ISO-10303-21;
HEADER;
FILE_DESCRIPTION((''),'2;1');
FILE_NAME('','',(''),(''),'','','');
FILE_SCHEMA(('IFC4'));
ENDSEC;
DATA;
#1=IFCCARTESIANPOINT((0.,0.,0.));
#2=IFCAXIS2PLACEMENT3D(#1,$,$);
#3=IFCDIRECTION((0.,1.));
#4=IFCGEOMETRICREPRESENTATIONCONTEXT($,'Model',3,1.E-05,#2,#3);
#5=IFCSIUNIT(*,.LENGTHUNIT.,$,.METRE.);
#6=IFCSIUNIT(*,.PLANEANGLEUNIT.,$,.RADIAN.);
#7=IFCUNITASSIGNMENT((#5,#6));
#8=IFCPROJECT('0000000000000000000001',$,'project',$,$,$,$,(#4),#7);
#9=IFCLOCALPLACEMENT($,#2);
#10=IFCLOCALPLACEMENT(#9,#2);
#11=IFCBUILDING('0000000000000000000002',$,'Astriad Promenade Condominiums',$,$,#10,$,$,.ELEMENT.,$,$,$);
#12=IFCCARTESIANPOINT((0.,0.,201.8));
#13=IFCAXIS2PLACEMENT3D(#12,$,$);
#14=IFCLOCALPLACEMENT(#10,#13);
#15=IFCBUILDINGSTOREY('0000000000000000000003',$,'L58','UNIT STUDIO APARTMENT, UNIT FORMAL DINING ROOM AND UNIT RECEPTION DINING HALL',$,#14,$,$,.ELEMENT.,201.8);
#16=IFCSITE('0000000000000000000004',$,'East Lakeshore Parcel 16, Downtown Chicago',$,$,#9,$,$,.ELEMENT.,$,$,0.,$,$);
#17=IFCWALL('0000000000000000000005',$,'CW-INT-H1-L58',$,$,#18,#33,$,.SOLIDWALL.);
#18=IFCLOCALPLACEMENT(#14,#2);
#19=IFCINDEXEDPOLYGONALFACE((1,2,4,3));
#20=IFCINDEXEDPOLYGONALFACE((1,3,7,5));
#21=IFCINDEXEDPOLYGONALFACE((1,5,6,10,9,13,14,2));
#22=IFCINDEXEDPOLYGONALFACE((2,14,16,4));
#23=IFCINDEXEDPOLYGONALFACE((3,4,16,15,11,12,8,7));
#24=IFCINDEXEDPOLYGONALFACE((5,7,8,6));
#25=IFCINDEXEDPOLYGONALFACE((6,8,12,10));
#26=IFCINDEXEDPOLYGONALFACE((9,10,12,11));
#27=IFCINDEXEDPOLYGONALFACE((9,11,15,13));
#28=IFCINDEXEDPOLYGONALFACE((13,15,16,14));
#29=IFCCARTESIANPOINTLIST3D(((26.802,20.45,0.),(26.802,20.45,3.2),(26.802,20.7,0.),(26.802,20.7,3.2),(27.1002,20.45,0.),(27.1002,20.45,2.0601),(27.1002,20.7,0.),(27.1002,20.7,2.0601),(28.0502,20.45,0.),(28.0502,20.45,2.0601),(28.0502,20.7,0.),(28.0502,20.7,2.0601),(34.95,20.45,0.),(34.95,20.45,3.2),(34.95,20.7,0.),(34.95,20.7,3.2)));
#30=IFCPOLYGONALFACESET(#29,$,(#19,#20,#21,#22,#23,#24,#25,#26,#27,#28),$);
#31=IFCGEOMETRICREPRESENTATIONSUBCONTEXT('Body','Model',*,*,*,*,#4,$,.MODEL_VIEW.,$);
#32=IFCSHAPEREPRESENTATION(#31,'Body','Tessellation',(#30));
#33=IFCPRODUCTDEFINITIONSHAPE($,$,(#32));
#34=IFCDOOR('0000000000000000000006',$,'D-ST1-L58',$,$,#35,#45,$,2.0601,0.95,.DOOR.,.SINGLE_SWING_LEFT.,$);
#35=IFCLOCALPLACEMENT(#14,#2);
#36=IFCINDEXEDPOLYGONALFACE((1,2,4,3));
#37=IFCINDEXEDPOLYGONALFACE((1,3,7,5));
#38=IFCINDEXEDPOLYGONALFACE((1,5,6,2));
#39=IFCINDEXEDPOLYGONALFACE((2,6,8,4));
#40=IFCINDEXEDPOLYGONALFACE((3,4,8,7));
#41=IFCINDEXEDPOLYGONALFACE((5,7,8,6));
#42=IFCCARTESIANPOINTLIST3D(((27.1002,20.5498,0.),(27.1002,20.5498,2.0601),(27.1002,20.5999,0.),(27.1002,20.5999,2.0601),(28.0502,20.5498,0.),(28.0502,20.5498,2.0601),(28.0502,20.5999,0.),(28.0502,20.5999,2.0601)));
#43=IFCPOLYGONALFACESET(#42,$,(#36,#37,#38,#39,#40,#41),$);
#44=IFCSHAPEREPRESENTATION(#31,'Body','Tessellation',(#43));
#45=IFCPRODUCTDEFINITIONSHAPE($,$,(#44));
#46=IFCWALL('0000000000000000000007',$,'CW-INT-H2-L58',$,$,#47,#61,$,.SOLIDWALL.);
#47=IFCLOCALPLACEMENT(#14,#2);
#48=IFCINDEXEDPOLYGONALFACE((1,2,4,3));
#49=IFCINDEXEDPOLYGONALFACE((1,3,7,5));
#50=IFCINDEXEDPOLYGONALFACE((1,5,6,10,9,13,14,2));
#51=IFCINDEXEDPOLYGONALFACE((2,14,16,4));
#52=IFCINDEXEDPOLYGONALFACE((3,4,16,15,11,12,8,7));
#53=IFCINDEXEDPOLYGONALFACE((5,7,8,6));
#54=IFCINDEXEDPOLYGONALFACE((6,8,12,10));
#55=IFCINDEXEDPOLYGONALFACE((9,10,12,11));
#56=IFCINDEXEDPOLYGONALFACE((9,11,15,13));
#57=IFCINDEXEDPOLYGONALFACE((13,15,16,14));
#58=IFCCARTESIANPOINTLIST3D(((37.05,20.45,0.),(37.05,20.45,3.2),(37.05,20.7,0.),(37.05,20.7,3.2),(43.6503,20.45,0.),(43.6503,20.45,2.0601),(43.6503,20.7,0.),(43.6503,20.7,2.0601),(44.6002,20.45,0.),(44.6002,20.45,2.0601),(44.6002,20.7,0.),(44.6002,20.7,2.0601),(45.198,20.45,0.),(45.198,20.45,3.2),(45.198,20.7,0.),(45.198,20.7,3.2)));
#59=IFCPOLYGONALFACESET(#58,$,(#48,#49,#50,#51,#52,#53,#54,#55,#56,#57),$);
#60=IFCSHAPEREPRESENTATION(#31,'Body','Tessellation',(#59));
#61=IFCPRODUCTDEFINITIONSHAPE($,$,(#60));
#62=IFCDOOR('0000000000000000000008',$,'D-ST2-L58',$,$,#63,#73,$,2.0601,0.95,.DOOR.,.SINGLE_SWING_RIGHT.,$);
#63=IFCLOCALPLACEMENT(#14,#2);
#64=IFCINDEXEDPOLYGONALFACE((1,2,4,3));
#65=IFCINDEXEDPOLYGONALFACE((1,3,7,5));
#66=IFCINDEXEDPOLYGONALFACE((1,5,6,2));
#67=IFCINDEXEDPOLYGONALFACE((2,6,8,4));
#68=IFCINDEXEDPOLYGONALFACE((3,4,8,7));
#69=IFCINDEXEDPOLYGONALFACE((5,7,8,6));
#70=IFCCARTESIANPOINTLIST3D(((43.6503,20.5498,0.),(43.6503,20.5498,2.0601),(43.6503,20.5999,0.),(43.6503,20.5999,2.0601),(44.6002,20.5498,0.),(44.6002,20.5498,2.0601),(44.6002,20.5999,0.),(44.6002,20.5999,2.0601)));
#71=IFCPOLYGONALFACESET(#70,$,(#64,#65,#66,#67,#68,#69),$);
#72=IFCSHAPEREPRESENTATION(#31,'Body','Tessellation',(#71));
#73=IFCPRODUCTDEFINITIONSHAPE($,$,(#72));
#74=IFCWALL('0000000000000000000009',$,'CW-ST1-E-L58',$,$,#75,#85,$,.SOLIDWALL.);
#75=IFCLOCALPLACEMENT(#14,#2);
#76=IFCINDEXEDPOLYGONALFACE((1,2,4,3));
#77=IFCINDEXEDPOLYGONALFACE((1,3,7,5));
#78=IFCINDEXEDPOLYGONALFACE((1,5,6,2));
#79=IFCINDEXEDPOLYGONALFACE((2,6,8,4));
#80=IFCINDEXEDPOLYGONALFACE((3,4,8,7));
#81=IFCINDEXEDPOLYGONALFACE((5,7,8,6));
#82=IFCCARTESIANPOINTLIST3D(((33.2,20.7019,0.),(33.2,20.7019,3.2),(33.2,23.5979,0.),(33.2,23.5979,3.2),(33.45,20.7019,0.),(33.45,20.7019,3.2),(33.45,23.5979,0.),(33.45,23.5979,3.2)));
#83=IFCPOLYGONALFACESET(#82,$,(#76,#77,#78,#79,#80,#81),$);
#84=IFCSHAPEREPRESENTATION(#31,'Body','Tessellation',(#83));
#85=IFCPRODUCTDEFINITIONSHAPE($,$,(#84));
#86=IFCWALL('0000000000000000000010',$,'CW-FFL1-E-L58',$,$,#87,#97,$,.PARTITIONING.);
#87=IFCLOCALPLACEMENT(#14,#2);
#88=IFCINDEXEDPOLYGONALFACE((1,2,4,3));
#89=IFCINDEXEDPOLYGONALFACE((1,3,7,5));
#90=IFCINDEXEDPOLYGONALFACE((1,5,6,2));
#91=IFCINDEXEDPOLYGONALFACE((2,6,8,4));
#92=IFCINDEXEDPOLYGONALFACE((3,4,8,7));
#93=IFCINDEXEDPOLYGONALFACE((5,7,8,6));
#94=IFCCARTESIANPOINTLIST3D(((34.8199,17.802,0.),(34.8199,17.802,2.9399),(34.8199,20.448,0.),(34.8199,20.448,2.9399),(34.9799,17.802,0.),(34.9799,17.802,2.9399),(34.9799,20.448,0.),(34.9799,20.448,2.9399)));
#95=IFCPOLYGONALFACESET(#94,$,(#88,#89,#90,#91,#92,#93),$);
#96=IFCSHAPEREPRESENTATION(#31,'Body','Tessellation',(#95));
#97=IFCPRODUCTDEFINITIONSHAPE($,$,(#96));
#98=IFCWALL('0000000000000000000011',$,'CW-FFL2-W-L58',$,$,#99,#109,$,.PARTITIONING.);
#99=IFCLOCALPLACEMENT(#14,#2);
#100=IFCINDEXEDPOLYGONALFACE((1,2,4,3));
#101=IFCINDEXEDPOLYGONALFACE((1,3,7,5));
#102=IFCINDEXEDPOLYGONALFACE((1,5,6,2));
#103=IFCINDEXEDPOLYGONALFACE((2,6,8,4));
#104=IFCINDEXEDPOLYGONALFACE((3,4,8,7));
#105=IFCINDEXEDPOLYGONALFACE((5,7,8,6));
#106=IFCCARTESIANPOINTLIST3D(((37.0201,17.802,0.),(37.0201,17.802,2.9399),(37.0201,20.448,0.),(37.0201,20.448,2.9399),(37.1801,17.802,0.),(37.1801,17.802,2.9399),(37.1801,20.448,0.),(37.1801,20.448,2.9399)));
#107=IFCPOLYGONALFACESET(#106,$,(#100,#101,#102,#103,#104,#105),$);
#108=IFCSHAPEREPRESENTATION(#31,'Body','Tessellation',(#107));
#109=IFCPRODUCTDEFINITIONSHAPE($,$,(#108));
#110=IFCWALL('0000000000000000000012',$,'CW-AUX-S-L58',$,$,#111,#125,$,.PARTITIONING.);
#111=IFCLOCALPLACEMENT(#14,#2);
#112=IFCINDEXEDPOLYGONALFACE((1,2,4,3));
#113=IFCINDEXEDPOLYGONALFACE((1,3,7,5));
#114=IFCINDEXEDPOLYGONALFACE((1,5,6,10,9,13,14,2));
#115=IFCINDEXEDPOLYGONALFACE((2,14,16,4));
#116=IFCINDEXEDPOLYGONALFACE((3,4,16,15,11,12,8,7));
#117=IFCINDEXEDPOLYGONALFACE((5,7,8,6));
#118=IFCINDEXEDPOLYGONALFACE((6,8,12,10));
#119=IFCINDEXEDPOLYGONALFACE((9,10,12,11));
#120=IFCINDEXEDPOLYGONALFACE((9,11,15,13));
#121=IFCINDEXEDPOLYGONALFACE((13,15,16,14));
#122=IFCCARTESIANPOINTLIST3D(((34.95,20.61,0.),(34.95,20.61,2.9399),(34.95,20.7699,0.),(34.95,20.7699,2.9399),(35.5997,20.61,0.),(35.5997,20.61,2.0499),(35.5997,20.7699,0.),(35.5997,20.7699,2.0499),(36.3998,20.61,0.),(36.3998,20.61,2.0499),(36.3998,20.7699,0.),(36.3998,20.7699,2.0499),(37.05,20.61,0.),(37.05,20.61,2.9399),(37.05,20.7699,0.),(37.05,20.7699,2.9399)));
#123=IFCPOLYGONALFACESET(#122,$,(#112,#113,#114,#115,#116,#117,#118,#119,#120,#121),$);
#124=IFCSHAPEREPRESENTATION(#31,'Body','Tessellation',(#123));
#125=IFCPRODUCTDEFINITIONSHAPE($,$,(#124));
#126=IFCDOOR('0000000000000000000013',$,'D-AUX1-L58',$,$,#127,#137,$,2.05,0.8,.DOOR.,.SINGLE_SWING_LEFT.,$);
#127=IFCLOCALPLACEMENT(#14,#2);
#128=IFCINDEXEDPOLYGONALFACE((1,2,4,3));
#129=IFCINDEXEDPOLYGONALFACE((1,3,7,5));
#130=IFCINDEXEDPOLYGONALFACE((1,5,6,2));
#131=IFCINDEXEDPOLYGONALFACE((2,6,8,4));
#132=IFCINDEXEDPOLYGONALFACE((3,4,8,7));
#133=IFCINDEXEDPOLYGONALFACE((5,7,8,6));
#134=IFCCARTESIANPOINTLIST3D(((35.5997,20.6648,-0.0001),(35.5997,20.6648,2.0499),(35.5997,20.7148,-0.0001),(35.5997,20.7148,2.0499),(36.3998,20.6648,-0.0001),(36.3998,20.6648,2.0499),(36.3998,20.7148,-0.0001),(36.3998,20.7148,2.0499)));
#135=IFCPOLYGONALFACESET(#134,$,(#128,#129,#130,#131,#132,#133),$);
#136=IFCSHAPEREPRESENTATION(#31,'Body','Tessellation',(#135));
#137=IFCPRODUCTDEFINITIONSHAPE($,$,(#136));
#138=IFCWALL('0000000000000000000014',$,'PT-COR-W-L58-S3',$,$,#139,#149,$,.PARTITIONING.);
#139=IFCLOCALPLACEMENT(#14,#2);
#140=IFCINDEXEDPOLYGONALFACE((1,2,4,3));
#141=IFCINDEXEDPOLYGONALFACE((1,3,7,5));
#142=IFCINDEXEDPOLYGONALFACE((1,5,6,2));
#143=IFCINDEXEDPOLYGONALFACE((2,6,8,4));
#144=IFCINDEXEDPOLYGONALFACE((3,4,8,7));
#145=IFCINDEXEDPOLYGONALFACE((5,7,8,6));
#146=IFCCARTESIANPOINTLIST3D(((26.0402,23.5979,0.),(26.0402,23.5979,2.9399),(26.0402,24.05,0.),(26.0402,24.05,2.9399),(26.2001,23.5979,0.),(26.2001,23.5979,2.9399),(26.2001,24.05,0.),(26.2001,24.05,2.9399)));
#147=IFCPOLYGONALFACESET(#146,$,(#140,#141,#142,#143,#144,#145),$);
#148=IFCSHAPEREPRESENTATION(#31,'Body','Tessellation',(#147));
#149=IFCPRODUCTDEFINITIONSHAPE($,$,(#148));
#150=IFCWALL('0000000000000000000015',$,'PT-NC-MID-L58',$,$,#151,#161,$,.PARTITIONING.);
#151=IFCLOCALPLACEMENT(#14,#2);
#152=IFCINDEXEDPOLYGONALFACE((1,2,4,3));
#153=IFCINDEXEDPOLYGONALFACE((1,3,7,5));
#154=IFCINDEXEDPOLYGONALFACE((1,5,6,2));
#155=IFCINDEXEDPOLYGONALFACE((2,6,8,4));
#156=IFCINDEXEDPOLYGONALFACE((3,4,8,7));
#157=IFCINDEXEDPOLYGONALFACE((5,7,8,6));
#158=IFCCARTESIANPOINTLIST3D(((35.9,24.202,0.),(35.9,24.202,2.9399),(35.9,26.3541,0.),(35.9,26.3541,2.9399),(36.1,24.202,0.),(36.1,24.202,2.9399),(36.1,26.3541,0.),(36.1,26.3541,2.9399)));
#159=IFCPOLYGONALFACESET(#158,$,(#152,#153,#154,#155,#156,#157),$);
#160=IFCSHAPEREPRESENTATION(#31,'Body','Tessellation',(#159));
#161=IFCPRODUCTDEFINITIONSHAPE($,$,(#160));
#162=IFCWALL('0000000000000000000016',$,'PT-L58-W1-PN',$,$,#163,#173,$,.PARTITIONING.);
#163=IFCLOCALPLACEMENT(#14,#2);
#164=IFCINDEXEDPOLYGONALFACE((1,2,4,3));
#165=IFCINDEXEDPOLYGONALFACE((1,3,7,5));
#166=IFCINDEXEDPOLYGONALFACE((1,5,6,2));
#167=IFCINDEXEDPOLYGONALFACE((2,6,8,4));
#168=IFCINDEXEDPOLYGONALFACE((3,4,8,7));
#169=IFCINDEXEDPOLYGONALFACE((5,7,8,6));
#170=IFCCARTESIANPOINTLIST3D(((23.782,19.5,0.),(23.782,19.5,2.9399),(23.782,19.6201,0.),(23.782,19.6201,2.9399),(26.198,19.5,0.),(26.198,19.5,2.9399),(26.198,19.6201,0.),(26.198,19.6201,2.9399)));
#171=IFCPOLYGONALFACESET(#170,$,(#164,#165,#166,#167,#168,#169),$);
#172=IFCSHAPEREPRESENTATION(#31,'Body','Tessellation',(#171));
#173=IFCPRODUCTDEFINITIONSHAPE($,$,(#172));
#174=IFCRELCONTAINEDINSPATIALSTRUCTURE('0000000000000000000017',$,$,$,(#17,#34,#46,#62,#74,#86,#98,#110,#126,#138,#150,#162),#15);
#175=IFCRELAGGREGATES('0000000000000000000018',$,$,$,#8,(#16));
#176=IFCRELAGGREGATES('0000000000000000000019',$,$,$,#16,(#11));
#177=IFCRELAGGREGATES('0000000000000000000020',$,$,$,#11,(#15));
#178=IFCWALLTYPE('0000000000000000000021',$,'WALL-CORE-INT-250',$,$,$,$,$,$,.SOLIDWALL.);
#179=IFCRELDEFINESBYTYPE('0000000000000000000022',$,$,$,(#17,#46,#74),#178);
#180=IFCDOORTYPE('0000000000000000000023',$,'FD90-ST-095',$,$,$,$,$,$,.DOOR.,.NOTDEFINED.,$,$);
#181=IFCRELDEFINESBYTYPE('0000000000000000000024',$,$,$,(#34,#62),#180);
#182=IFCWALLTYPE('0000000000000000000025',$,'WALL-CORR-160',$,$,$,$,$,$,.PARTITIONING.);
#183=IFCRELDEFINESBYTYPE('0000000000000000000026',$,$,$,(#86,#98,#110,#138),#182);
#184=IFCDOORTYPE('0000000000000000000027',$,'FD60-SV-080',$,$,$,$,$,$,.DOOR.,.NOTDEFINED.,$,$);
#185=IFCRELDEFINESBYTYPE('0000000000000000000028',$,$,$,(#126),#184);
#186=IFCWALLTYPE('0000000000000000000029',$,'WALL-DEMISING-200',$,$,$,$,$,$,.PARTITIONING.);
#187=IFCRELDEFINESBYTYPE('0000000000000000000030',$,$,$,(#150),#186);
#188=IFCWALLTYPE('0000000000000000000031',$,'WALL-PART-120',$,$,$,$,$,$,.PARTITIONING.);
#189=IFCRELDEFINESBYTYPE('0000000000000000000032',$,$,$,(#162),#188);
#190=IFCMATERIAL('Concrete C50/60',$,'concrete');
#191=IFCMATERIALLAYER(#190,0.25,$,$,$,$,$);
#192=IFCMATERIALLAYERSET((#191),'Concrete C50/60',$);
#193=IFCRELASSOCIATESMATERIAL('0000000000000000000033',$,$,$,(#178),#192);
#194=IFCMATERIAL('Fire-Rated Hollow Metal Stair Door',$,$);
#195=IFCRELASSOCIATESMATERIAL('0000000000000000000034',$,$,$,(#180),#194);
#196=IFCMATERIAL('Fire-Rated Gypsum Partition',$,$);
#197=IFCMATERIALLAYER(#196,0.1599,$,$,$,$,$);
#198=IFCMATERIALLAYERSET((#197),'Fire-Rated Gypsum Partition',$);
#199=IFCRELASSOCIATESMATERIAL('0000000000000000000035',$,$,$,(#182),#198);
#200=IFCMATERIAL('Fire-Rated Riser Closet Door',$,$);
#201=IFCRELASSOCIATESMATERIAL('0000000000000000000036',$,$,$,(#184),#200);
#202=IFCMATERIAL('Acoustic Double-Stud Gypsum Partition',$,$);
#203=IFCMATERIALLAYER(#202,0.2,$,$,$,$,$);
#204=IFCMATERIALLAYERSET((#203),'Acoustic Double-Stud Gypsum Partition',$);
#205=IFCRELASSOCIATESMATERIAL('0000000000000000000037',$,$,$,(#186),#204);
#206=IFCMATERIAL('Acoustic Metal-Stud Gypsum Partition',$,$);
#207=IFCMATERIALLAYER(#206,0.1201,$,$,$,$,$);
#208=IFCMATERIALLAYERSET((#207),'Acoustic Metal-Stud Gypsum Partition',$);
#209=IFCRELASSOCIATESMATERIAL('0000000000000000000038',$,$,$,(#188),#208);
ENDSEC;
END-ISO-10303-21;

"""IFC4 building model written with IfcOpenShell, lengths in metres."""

from ifc_helpers import new_model, si_unit, direction, frame, frame_2d, origin, place, context, subcontext, project, spatial, rectangle, extrude, source, transform, mapped, material, layer, layer_set, type_object, type_shapes, element, fill, save


model = new_model("IFC4")

# Units and contexts
model_context = context("Model", 3, precision=1e-05, world=origin(), true_north=direction((0.0, 1.0)))
body_context = subcontext(model_context, "Body", "Model", "MODEL_VIEW")
ifc_project = project(units=[si_unit("LENGTHUNIT", "METRE"), si_unit("PLANEANGLEUNIT", "RADIAN")], contexts=[model_context])

# Site, building, storey
site_placement = place(None, origin())
site = spatial("IfcSite", under=ifc_project, at=site_placement, Name="East Lakeshore Parcel 16, Downtown Chicago", CompositionType="ELEMENT", RefElevation=0.0)
building_placement = place(site_placement, origin())
building = spatial("IfcBuilding", under=site, at=building_placement, Name="Astriad Promenade Condominiums", CompositionType="ELEMENT")
storey_placement = place(building_placement, frame((0.0, 0.0, 201.8)))
storey = spatial("IfcBuildingStorey", under=building, at=storey_placement, Name="L58", Description="UNIT STUDIO APARTMENT, UNIT FORMAL DINING ROOM AND UNIT RECEPTION DINING HALL", CompositionType="ELEMENT", Elevation=201.8)

# Shared definitions
ifc_material_1 = material(Name="Concrete C50/60", Category="concrete")

# Walls, openings, doors
ifc_layer_1 = layer(ifc_material_1, 0.25)
ifc_layer_set_1 = layer_set([ifc_layer_1], Name="Concrete C50/60")
wall_type_1 = type_object("IfcWallType", Name="WALL-CORE-INT-250", PredefinedType="SOLIDWALL", material=ifc_layer_set_1)
wall_1_placement = place(storey_placement, frame((26.802, 20.575, 0.0), z_axis=(0.0, 0.0, 1.0), x_axis=(1.0, 0.0, 0.0)))
wall_1 = element("IfcWall", 1, at=wall_1_placement, inside=storey, type_object=wall_type_1, Name="CW-INT-H1-L58", PredefinedType="SOLIDWALL", context=body_context, shape_type="SweptSolid", body=[
    extrude(rectangle(XDim=8.1479, YDim=0.25, at=frame_2d((4.074, 0.0))), origin(), (0.0, 0.0, 1.0), 3.2),
])
opening_1_placement = place(wall_1_placement, frame((0.2981, 0.0, 0.0)))
opening_1 = element("IfcOpeningElement", 2, at=opening_1_placement, cuts=wall_1, PredefinedType="OPENING", context=body_context, shape_type="SweptSolid", body=[
    extrude(rectangle(XDim=0.95, YDim=2.0601, at=frame_2d((0.4751, 1.03))), frame((0.0, 0.135, 0.0), z_axis=(0.0, -1.0, 0.0), x_axis=(1.0, 0.0, 0.0)), (0.0, 0.0, 1.0), 0.27),
])
ifc_material_2 = material(Name="Fire-Rated Hollow Metal Stair Door")
door_type_1 = type_object("IfcDoorType", Name="FD90-ST-095", OperationType="NOTDEFINED", PredefinedType="DOOR", material=ifc_material_2)
shared_shape_1 = source(origin(), body_context, "Body", "SweptSolid", [
    extrude(rectangle(XDim=0.95, YDim=2.0601, at=frame_2d((0.4751, 1.03))), frame((0.0, 0.0249, 0.0), z_axis=(0.0, -1.0, 0.0), x_axis=(1.0, 0.0, 0.0)), (0.0, 0.0, 1.0), 0.05),
])
type_shapes(door_type_1, [shared_shape_1])
door_1_placement = place(opening_1_placement, origin())
door_1 = element("IfcDoor", 3, at=door_1_placement, inside=storey, type_object=door_type_1, Name="D-ST1-L58", OperationType="SINGLE_SWING_LEFT", OverallHeight=2.0601, OverallWidth=0.95, PredefinedType="DOOR", context=body_context, shape_type="MappedRepresentation", body=[
    mapped(shared_shape_1, transform((0.0, 0.0, 0.0), scale=1.0)),
])
fill(opening_1, door_1)
wall_2_placement = place(storey_placement, frame((37.05, 20.575, 0.0), z_axis=(0.0, 0.0, 1.0), x_axis=(1.0, 0.0, 0.0)))
wall_2 = element("IfcWall", 4, at=wall_2_placement, inside=storey, type_object=wall_type_1, Name="CW-INT-H2-L58", PredefinedType="SOLIDWALL", context=body_context, shape_type="SweptSolid", body=[
    extrude(rectangle(XDim=8.1479, YDim=0.25, at=frame_2d((4.074, 0.0))), origin(), (0.0, 0.0, 1.0), 3.2),
])
opening_2_placement = place(wall_2_placement, frame((6.6001, 0.0, 0.0)))
opening_2 = element("IfcOpeningElement", 5, at=opening_2_placement, cuts=wall_2, PredefinedType="OPENING", context=body_context, shape_type="SweptSolid", body=[
    extrude(rectangle(XDim=0.95, YDim=2.0601, at=frame_2d((0.4751, 1.03))), frame((0.0, 0.135, 0.0), z_axis=(0.0, -1.0, 0.0), x_axis=(1.0, 0.0, 0.0)), (0.0, 0.0, 1.0), 0.27),
])
door_2_placement = place(opening_2_placement, origin())
door_2 = element("IfcDoor", 6, at=door_2_placement, inside=storey, type_object=door_type_1, Name="D-ST2-L58", OperationType="SINGLE_SWING_RIGHT", OverallHeight=2.0601, OverallWidth=0.95, PredefinedType="DOOR", context=body_context, shape_type="MappedRepresentation", body=[
    mapped(shared_shape_1, transform((0.0, 0.0, 0.0), scale=1.0)),
])
fill(opening_2, door_2)

# Walls
wall_3_placement = place(storey_placement, frame((33.325, 20.7019, 0.0), z_axis=(0.0, 0.0, 1.0), x_axis=(0.0, 1.0, 0.0)))
element("IfcWall", 7, at=wall_3_placement, inside=storey, type_object=wall_type_1, Name="CW-ST1-E-L58", PredefinedType="SOLIDWALL", context=body_context, shape_type="SweptSolid", body=[
    extrude(rectangle(XDim=2.896, YDim=0.25, at=frame_2d((1.448, 0.0))), origin(), (0.0, 0.0, 1.0), 3.2),
])
ifc_material_3 = material(Name="Fire-Rated Gypsum Partition")
ifc_layer_2 = layer(ifc_material_3, 0.1599)
ifc_layer_set_2 = layer_set([ifc_layer_2], Name="Fire-Rated Gypsum Partition")
wall_type_2 = type_object("IfcWallType", Name="WALL-CORR-160", PredefinedType="PARTITIONING", material=ifc_layer_set_2)
for number, where, z_axis, x_axis, name in (
    (8, (34.8999, 17.802, 0.0), (0.0, 0.0, 1.0), (0.0, 1.0, 0.0), "CW-FFL1-E-L58"),
    (9, (37.1001, 17.802, 0.0), (0.0, 0.0, 1.0), (0.0, 1.0, 0.0), "CW-FFL2-W-L58"),
):
    element("IfcWall", number, at=place(storey_placement, frame(where, z_axis=z_axis, x_axis=x_axis)), inside=storey, type_object=wall_type_2, Name=name, PredefinedType="PARTITIONING", context=body_context, shape_type="SweptSolid", body=[
        extrude(rectangle(XDim=2.646, YDim=0.1599, at=frame_2d((1.323, 0.0))), origin(), (0.0, 0.0, 1.0), 2.9399),
    ])

# Wall, opening, door
wall_4_placement = place(storey_placement, frame((34.95, 20.6899, 0.0), z_axis=(0.0, 0.0, 1.0), x_axis=(1.0, 0.0, 0.0)))
wall_4 = element("IfcWall", 10, at=wall_4_placement, inside=storey, type_object=wall_type_2, Name="CW-AUX-S-L58", PredefinedType="PARTITIONING", context=body_context, shape_type="SweptSolid", body=[
    extrude(rectangle(XDim=2.1001, YDim=0.1599, at=frame_2d((1.05, 0.0))), origin(), (0.0, 0.0, 1.0), 2.9399),
])
opening_3_placement = place(wall_4_placement, frame((0.6499, 0.0, 0.0)))
opening_3 = element("IfcOpeningElement", 11, at=opening_3_placement, cuts=wall_4, PredefinedType="OPENING", context=body_context, shape_type="SweptSolid", body=[
    extrude(rectangle(XDim=0.8, YDim=2.05, at=frame_2d((0.3999, 1.0249))), frame((0.0, 0.0898, 0.0), z_axis=(0.0, -1.0, 0.0), x_axis=(1.0, 0.0, 0.0)), (0.0, 0.0, 1.0), 0.1799),
])
ifc_material_4 = material(Name="Fire-Rated Riser Closet Door")
door_type_2 = type_object("IfcDoorType", Name="FD60-SV-080", OperationType="NOTDEFINED", PredefinedType="DOOR", material=ifc_material_4)
shared_shape_2 = source(origin(), body_context, "Body", "SweptSolid", [
    extrude(rectangle(XDim=0.8, YDim=2.05, at=frame_2d((0.3999, 1.0249))), frame((0.0, 0.0249, 0.0), z_axis=(0.0, -1.0, 0.0), x_axis=(1.0, 0.0, 0.0)), (0.0, 0.0, 1.0), 0.05),
])
type_shapes(door_type_2, [shared_shape_2])
door_3_placement = place(opening_3_placement, origin())
door_3 = element("IfcDoor", 12, at=door_3_placement, inside=storey, type_object=door_type_2, Name="D-AUX1-L58", OperationType="SINGLE_SWING_LEFT", OverallHeight=2.05, OverallWidth=0.8, PredefinedType="DOOR", context=body_context, shape_type="MappedRepresentation", body=[
    mapped(shared_shape_2, transform((0.0, 0.0, 0.0), scale=1.0)),
])
fill(opening_3, door_3)

# Walls
wall_5_placement = place(storey_placement, frame((26.1201, 23.5979, 0.0), z_axis=(0.0, 0.0, 1.0), x_axis=(0.0, 1.0, 0.0)))
element("IfcWall", 13, at=wall_5_placement, inside=storey, type_object=wall_type_2, Name="PT-COR-W-L58-S3", PredefinedType="PARTITIONING", context=body_context, shape_type="SweptSolid", body=[
    extrude(rectangle(XDim=0.4521, YDim=0.1599, at=frame_2d((0.2261, 0.0))), origin(), (0.0, 0.0, 1.0), 2.9399),
])
ifc_material_5 = material(Name="Acoustic Double-Stud Gypsum Partition")
ifc_layer_3 = layer(ifc_material_5, 0.2)
ifc_layer_set_3 = layer_set([ifc_layer_3], Name="Acoustic Double-Stud Gypsum Partition")
wall_type_3 = type_object("IfcWallType", Name="WALL-DEMISING-200", PredefinedType="PARTITIONING", material=ifc_layer_set_3)
wall_6_placement = place(storey_placement, frame((36.0, 24.2019, 0.0), z_axis=(0.0, 0.0, 1.0), x_axis=(0.0, 1.0, 0.0)))
element("IfcWall", 14, at=wall_6_placement, inside=storey, type_object=wall_type_3, Name="PT-NC-MID-L58", PredefinedType="PARTITIONING", context=body_context, shape_type="SweptSolid", body=[
    extrude(rectangle(XDim=2.1521, YDim=0.2, at=frame_2d((1.0762, 0.0))), origin(), (0.0, 0.0, 1.0), 2.9399),
])
ifc_material_6 = material(Name="Acoustic Metal-Stud Gypsum Partition")
ifc_layer_4 = layer(ifc_material_6, 0.1201)
ifc_layer_set_4 = layer_set([ifc_layer_4], Name="Acoustic Metal-Stud Gypsum Partition")
wall_type_4 = type_object("IfcWallType", Name="WALL-PART-120", PredefinedType="PARTITIONING", material=ifc_layer_set_4)
wall_7_placement = place(storey_placement, frame((23.782, 19.5601, 0.0), z_axis=(0.0, 0.0, 1.0), x_axis=(1.0, 0.0, 0.0)))
element("IfcWall", 15, at=wall_7_placement, inside=storey, type_object=wall_type_4, Name="PT-L58-W1-PN", PredefinedType="PARTITIONING", context=body_context, shape_type="SweptSolid", body=[
    extrude(rectangle(XDim=2.416, YDim=0.1201, at=frame_2d((1.208, 0.0))), origin(), (0.0, 0.0, 1.0), 2.9399),
])

save(model, "model.ifc")
